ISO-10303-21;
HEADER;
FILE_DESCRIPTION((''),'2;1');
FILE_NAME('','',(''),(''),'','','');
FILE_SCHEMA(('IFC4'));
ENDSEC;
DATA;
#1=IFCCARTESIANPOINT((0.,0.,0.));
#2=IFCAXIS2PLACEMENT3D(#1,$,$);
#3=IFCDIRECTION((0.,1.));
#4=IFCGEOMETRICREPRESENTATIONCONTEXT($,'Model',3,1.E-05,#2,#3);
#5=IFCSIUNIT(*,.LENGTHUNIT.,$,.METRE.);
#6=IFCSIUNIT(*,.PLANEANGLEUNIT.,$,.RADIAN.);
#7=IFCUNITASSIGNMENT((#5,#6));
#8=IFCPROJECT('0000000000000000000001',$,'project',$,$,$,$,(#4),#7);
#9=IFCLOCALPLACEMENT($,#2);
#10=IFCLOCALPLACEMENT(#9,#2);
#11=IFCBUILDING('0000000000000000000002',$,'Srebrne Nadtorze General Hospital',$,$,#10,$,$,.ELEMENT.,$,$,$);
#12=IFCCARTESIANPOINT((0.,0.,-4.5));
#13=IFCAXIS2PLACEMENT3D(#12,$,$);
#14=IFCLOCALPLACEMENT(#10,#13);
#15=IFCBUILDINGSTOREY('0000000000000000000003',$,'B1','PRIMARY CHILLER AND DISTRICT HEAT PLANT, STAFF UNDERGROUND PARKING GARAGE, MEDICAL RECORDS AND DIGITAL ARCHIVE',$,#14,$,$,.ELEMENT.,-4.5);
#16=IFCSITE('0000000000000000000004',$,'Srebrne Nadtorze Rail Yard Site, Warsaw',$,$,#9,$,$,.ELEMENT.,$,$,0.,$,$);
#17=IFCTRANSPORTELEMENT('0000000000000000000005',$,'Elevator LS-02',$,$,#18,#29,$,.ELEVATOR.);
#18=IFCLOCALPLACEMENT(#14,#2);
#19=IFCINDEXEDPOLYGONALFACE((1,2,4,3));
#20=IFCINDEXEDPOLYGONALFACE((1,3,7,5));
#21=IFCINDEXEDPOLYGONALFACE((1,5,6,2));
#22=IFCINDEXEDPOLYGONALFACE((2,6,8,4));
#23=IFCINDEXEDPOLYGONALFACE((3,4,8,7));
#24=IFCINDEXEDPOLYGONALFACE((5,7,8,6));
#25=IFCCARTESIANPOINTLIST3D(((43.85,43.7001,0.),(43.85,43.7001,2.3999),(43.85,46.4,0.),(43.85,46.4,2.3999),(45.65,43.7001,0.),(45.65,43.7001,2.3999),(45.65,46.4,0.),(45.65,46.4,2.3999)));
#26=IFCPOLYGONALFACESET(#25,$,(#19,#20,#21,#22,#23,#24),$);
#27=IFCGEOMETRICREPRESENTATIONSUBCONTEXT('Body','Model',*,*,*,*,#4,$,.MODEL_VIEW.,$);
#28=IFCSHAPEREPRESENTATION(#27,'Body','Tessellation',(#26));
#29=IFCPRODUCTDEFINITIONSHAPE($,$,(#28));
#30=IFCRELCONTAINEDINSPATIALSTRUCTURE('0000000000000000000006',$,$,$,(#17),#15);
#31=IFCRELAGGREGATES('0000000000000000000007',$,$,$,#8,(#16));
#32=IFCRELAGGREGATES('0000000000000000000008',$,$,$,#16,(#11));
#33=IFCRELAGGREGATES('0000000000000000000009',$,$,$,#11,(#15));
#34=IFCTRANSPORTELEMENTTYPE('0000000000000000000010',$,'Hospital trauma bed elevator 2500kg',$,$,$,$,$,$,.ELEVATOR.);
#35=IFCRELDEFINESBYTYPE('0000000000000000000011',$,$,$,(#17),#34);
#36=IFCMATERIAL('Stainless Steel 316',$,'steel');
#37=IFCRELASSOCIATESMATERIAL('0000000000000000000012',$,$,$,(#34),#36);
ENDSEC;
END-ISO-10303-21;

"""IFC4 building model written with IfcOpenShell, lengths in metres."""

from ifc_helpers import new_model, si_unit, direction, frame, origin, origin_2d, place, context, subcontext, project, spatial, rectangle, extrude, material, type_object, element, save


model = new_model("IFC4")

# Units and contexts
model_context = context("Model", 3, precision=1e-05, world=origin(), true_north=direction((0.0, 1.0)))
body_context = subcontext(model_context, "Body", "Model", "MODEL_VIEW")
ifc_project = project(units=[si_unit("LENGTHUNIT", "METRE"), si_unit("PLANEANGLEUNIT", "RADIAN")], contexts=[model_context])

# Site, building, storey
site_placement = place(None, origin())
site = spatial("IfcSite", under=ifc_project, at=site_placement, Name="Srebrne Nadtorze Rail Yard Site, Warsaw", CompositionType="ELEMENT", RefElevation=0.0)
building_placement = place(site_placement, origin())
building = spatial("IfcBuilding", under=site, at=building_placement, Name="Srebrne Nadtorze General Hospital", CompositionType="ELEMENT")
storey_placement = place(building_placement, frame((0.0, 0.0, -4.5)))
storey = spatial("IfcBuildingStorey", under=building, at=storey_placement, Name="B1", Description="PRIMARY CHILLER AND DISTRICT HEAT PLANT, STAFF UNDERGROUND PARKING GARAGE, MEDICAL RECORDS AND DIGITAL ARCHIVE", CompositionType="ELEMENT", Elevation=-4.5)

# Transport element
ifc_material_1 = material(Name="Stainless Steel 316", Category="steel")
transport_element_type = type_object("IfcTransportElementType", Name="Hospital trauma bed elevator 2500kg", PredefinedType="ELEVATOR", material=ifc_material_1)
for number, where, z_axis, x_axis, name in (
    (1, (44.75, 45.05, 0.0), (0.0, 0.0, 1.0), (1.0, 0.0, 0.0), "Elevator LS-02"),
):
    element("IfcTransportElement", number, at=place(storey_placement, frame(where, z_axis=z_axis, x_axis=x_axis)), inside=storey, type_object=transport_element_type, Name=name, PredefinedType="ELEVATOR", context=body_context, shape_type="SweptSolid", body=[
        extrude(rectangle(XDim=1.8, YDim=2.7, at=origin_2d()), origin(), (0.0, 0.0, 1.0), 2.3999),
    ])

save(model, "model.ifc")
